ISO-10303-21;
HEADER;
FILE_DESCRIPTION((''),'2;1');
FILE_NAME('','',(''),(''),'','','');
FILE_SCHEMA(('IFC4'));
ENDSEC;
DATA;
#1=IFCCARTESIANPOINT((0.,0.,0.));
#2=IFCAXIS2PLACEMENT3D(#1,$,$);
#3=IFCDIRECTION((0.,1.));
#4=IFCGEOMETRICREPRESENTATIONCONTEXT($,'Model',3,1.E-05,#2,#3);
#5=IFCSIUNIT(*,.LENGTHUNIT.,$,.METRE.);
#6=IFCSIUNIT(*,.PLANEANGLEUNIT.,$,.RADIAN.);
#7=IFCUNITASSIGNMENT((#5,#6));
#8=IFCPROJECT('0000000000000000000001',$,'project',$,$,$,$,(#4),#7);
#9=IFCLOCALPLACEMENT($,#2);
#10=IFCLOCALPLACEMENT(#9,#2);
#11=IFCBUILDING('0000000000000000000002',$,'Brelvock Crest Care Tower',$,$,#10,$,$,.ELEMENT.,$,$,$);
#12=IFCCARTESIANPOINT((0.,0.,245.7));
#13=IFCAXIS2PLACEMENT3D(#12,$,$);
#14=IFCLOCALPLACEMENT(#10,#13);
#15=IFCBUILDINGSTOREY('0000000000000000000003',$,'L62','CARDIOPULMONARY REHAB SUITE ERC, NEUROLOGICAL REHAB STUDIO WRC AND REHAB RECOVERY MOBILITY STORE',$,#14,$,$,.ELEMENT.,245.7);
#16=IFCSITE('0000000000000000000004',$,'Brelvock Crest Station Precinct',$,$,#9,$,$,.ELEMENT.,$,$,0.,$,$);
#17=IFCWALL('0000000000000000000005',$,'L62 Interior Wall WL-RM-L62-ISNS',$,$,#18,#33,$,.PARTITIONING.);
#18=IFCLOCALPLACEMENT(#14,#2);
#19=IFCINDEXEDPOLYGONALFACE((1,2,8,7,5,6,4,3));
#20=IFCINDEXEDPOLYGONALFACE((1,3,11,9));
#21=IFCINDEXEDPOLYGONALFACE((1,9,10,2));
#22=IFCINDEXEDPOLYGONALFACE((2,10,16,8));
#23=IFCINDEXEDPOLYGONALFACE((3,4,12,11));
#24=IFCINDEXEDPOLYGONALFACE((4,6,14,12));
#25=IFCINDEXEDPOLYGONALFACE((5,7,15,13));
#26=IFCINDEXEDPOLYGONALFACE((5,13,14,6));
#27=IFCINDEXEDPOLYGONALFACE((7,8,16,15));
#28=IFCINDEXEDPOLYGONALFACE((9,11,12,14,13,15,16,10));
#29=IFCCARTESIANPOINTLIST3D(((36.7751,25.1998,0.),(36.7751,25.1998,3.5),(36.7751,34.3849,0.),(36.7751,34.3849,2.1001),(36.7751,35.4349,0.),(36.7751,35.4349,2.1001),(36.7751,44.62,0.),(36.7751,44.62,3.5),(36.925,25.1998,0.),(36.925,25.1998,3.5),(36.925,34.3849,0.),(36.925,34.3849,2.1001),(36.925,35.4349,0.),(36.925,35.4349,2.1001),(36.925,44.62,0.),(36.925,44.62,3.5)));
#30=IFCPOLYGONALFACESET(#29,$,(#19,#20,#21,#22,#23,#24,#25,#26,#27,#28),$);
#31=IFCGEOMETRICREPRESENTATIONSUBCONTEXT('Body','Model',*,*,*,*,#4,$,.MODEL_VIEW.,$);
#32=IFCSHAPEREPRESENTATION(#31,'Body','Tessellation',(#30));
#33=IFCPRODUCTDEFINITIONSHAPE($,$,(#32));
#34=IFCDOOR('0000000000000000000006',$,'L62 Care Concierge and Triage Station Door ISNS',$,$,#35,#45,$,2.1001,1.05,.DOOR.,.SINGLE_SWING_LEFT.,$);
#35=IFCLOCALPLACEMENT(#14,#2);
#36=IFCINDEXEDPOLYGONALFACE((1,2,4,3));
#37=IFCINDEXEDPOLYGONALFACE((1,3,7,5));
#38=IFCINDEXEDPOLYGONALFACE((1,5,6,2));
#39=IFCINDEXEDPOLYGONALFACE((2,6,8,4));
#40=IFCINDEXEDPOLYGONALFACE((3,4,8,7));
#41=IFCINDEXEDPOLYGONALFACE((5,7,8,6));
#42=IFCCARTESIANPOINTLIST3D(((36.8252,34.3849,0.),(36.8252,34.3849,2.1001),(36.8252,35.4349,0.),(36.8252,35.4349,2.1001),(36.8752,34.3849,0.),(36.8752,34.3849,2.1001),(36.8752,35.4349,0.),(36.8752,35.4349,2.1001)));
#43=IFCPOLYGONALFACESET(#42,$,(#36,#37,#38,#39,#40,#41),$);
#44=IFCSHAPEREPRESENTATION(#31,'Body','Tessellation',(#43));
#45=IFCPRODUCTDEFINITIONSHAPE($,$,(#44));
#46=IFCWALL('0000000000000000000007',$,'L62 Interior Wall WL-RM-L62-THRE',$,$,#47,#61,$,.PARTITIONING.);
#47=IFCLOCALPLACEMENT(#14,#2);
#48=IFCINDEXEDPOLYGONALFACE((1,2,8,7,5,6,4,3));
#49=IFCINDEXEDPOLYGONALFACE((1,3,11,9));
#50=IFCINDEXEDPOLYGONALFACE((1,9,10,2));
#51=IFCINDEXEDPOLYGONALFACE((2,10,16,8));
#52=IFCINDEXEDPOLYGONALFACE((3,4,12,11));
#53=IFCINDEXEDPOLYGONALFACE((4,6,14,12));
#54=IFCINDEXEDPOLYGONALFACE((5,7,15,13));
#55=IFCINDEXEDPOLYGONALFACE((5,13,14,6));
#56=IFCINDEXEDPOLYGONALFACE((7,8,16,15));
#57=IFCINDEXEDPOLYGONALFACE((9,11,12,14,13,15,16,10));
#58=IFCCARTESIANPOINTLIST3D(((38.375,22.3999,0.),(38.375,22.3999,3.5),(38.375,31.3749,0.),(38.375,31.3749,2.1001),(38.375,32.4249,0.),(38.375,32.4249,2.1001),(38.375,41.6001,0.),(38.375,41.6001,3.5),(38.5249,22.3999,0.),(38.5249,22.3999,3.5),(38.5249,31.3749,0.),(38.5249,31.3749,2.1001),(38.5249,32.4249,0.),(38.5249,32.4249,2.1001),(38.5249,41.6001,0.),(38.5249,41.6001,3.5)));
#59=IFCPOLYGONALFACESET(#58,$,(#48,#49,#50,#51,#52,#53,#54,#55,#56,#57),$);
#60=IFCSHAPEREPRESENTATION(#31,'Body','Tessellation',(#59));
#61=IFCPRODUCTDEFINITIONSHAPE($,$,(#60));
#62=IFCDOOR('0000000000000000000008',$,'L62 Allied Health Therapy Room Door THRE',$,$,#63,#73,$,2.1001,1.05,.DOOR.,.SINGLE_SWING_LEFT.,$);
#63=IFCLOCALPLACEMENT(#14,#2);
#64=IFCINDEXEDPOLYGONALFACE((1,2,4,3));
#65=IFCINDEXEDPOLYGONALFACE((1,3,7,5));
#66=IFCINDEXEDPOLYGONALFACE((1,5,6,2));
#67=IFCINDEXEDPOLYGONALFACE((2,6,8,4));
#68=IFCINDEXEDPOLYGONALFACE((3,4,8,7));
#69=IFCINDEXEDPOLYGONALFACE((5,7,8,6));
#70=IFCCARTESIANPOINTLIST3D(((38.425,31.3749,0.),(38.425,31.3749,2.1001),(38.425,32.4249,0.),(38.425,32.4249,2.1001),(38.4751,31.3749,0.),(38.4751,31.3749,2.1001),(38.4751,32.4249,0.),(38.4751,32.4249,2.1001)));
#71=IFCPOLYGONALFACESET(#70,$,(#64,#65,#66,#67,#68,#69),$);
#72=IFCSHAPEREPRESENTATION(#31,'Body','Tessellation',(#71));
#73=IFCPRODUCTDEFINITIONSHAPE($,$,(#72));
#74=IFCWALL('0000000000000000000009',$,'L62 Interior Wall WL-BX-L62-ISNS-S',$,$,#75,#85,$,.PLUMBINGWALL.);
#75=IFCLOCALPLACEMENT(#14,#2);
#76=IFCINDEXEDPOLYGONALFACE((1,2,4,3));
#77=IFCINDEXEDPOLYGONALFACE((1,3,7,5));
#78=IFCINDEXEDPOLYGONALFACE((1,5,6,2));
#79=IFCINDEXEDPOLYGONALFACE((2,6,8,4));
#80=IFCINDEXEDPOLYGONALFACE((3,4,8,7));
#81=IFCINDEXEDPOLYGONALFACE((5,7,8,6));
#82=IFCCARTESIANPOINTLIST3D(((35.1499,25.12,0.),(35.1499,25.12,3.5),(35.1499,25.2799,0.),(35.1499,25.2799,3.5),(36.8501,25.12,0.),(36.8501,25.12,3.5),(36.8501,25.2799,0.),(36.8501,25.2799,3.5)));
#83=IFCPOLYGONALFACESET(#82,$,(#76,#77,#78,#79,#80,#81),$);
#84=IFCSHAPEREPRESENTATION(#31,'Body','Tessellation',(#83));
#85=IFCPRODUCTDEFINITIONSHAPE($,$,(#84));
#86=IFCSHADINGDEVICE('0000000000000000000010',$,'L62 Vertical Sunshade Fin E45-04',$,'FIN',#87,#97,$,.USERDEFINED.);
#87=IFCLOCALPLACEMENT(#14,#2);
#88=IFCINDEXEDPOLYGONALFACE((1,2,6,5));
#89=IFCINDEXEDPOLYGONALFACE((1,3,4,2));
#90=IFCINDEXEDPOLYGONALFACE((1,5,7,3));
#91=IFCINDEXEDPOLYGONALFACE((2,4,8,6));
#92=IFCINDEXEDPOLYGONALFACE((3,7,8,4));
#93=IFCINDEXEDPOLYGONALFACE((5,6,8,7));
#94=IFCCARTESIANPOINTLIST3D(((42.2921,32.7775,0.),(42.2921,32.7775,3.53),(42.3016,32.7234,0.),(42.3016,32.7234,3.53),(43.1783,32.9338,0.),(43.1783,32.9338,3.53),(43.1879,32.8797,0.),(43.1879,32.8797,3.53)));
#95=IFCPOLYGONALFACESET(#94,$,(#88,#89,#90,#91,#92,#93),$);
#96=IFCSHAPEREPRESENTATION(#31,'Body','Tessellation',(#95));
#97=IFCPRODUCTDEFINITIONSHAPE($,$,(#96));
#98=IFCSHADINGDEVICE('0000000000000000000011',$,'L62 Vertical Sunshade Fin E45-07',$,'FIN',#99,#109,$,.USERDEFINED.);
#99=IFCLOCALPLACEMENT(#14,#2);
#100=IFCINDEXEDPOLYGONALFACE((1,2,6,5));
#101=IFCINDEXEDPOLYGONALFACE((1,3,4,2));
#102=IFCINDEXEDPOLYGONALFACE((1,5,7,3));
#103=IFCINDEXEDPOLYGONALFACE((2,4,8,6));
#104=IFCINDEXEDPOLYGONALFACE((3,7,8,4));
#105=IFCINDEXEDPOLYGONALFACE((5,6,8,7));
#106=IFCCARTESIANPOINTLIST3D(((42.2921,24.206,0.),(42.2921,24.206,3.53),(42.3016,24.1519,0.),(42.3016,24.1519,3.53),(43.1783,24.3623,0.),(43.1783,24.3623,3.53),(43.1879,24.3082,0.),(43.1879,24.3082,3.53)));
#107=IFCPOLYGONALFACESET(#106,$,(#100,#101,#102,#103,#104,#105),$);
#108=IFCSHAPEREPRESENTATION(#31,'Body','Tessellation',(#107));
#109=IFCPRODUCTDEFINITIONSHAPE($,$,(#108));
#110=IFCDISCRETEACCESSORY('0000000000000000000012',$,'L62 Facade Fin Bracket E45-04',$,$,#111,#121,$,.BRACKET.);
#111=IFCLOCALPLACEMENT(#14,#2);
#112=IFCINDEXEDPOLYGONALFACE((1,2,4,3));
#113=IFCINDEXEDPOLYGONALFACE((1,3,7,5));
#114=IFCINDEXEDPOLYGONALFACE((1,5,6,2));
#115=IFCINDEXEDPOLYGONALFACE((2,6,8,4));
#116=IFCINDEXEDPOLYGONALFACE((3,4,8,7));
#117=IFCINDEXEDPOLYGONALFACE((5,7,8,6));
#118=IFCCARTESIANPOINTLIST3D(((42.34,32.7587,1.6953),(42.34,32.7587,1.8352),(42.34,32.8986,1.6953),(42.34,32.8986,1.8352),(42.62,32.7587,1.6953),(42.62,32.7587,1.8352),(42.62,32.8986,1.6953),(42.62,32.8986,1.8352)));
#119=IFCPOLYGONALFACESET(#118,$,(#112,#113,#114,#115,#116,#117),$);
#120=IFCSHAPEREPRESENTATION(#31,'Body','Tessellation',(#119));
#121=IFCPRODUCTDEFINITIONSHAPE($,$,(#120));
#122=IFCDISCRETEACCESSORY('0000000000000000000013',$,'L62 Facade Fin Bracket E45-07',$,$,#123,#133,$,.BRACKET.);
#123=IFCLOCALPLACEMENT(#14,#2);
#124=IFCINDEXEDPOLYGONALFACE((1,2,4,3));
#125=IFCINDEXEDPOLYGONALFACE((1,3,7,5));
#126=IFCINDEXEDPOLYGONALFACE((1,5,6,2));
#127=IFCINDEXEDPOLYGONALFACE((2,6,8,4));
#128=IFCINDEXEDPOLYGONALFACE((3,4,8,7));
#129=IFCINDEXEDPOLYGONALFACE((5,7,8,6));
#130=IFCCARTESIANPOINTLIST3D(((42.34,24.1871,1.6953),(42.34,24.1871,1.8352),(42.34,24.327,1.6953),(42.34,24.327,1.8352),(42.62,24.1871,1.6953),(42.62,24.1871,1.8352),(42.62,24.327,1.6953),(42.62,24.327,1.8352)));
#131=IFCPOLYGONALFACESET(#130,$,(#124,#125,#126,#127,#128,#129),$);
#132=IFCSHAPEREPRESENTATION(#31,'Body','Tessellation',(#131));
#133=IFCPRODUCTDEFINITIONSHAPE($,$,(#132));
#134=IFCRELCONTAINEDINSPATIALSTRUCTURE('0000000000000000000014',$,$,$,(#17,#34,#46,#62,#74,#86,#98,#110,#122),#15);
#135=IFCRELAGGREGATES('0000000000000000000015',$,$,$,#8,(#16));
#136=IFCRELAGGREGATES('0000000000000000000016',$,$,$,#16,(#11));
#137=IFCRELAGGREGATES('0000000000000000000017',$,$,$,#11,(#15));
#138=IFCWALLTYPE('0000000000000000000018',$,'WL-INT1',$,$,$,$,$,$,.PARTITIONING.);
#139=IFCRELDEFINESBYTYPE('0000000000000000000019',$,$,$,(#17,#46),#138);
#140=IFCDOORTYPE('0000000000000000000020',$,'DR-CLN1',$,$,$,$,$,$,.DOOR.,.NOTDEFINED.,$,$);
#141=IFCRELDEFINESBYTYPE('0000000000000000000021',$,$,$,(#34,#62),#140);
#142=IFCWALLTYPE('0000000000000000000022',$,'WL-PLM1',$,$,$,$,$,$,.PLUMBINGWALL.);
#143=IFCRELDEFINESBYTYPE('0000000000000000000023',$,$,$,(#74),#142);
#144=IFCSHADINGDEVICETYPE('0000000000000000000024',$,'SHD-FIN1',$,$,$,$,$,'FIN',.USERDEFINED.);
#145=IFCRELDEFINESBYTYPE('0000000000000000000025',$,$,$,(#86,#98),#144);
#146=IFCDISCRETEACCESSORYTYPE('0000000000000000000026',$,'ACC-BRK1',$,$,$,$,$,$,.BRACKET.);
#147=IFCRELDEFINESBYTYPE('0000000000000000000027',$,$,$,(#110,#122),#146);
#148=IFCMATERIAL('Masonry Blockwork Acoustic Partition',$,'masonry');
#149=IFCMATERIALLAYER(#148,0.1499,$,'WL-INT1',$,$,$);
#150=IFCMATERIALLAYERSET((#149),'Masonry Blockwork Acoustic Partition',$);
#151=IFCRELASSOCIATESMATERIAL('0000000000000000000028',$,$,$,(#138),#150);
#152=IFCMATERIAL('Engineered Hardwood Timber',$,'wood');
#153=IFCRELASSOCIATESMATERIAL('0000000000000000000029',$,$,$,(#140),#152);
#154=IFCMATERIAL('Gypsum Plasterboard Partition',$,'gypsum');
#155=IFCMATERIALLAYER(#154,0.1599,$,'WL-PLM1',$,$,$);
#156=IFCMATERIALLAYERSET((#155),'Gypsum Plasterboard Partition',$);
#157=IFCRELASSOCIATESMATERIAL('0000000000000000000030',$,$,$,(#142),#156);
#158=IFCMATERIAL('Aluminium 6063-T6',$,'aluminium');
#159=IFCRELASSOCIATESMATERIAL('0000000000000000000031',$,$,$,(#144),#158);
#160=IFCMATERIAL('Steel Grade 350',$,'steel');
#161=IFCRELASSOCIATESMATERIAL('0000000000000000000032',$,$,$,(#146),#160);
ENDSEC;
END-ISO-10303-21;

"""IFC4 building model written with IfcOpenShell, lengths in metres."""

from ifc_helpers import new_model, si_unit, direction, frame, frame_2d, origin, origin_2d, place, context, subcontext, project, spatial, rectangle, extrude, source, transform, mapped, material, layer, layer_set, material_profile, profile_set, type_object, element, fill, save


model = new_model("IFC4")

# Units and contexts
model_context = context("Model", 3, precision=1e-05, world=origin(), true_north=direction((0.0, 1.0)))
body_context = subcontext(model_context, "Body", "Model", "MODEL_VIEW")
ifc_project = project(units=[si_unit("LENGTHUNIT", "METRE"), si_unit("PLANEANGLEUNIT", "RADIAN")], contexts=[model_context])

# Site, building, storey
site_placement = place(None, origin())
site = spatial("IfcSite", under=ifc_project, at=site_placement, Name="Brelvock Crest Station Precinct", CompositionType="ELEMENT", RefElevation=0.0)
building_placement = place(site_placement, origin())
building = spatial("IfcBuilding", under=site, at=building_placement, Name="Brelvock Crest Care Tower", CompositionType="ELEMENT")
storey_placement = place(building_placement, frame((0.0, 0.0, 245.7)))
storey = spatial("IfcBuildingStorey", under=building, at=storey_placement, Name="L62", Description="CARDIOPULMONARY REHAB SUITE ERC, NEUROLOGICAL REHAB STUDIO WRC AND REHAB RECOVERY MOBILITY STORE", CompositionType="ELEMENT", Elevation=245.7)

# Shared definitions
ifc_material_1 = material(Name="Aluminium 6063-T6", Category="aluminium")

# Shared definitions
ifc_material_2 = material(Name="Masonry Blockwork Acoustic Partition", Category="masonry")
ifc_layer_1 = layer(ifc_material_2, 0.1499, Name="WL-INT1")
ifc_layer_set_1 = layer_set([ifc_layer_1], Name="Masonry Blockwork Acoustic Partition")
wall_type_1 = type_object("IfcWallType", Name="WL-INT1", PredefinedType="PARTITIONING", material=ifc_layer_set_1)

# Walls, openings, doors
wall_1_placement = place(storey_placement, frame((36.8501, 25.2, 0.0), z_axis=(0.0, 0.0, 1.0), x_axis=(0.0, 1.0, 0.0)))
wall_1 = element("IfcWall", 1, at=wall_1_placement, inside=storey, type_object=wall_type_1, Name="L62 Interior Wall WL-RM-L62-ISNS", PredefinedType="PARTITIONING", context=body_context, shape_type="SweptSolid", body=[
    extrude(rectangle(XDim=19.4202, YDim=0.1499, at=frame_2d((9.71, 0.0))), origin(), (0.0, 0.0, 1.0), 3.5),
])
opening_1_placement = place(wall_1_placement, frame((9.1851, 0.0, 0.0)))
opening_1 = element("IfcOpeningElement", 2, at=opening_1_placement, cuts=wall_1, PredefinedType="OPENING", context=body_context, shape_type="SweptSolid", body=[
    extrude(rectangle(XDim=1.05, YDim=2.1001, at=origin_2d()), frame((0.5249, 0.085, 1.05), z_axis=(0.0, -1.0, 0.0), x_axis=(1.0, 0.0, 0.0)), (0.0, 0.0, 1.0), 0.1699),
])
ifc_material_3 = material(Name="Engineered Hardwood Timber", Category="wood")
door_type = type_object("IfcDoorType", Name="DR-CLN1", OperationType="NOTDEFINED", PredefinedType="DOOR", material=ifc_material_3)
shared_shape_1 = source(origin(), body_context, "Body", "SweptSolid", [
    extrude(rectangle(XDim=1.05, YDim=2.1001, at=origin_2d()), frame((0.5249, 0.0249, 1.05), z_axis=(0.0, -1.0, 0.0), x_axis=(1.0, 0.0, 0.0)), (0.0, 0.0, 1.0), 0.05),
])
door_1_placement = place(opening_1_placement, origin())
door_1 = element("IfcDoor", 3, at=door_1_placement, inside=storey, type_object=door_type, Name="L62 Care Concierge and Triage Station Door ISNS", OperationType="SINGLE_SWING_LEFT", OverallHeight=2.1001, OverallWidth=1.05, PredefinedType="DOOR", context=body_context, shape_type="MappedRepresentation", body=[
    mapped(shared_shape_1, transform((0.0, 0.0, 0.0), x_axis=(1.0, 0.0, 0.0), y_axis=(0.0, 1.0, 0.0), z_axis=(0.0, 0.0, 1.0), scale=1.0)),
])
fill(opening_1, door_1)
wall_2_placement = place(storey_placement, frame((38.45, 22.3999, 0.0), z_axis=(0.0, 0.0, 1.0), x_axis=(0.0, 1.0, 0.0)))
wall_2 = element("IfcWall", 4, at=wall_2_placement, inside=storey, type_object=wall_type_1, Name="L62 Interior Wall WL-RM-L62-THRE", PredefinedType="PARTITIONING", context=body_context, shape_type="SweptSolid", body=[
    extrude(rectangle(XDim=19.2002, YDim=0.1499, at=frame_2d((9.6001, 0.0))), origin(), (0.0, 0.0, 1.0), 3.5),
])
opening_2_placement = place(wall_2_placement, frame((8.9751, 0.0, 0.0)))
opening_2 = element("IfcOpeningElement", 5, at=opening_2_placement, cuts=wall_2, PredefinedType="OPENING", context=body_context, shape_type="SweptSolid", body=[
    extrude(rectangle(XDim=1.05, YDim=2.1001, at=origin_2d()), frame((0.5249, 0.085, 1.05), z_axis=(0.0, -1.0, 0.0), x_axis=(1.0, 0.0, 0.0)), (0.0, 0.0, 1.0), 0.1699),
])
door_2_placement = place(opening_2_placement, origin())
door_2 = element("IfcDoor", 6, at=door_2_placement, inside=storey, type_object=door_type, Name="L62 Allied Health Therapy Room Door THRE", OperationType="SINGLE_SWING_LEFT", OverallHeight=2.1001, OverallWidth=1.05, PredefinedType="DOOR", context=body_context, shape_type="MappedRepresentation", body=[
    mapped(shared_shape_1, transform((0.0, 0.0, 0.0), x_axis=(1.0, 0.0, 0.0), y_axis=(0.0, 1.0, 0.0), z_axis=(0.0, 0.0, 1.0), scale=1.0)),
])
fill(opening_2, door_2)

# Wall
ifc_material_4 = material(Name="Gypsum Plasterboard Partition", Category="gypsum")
ifc_layer_2 = layer(ifc_material_4, 0.1599, Name="WL-PLM1")
ifc_layer_set_2 = layer_set([ifc_layer_2], Name="Gypsum Plasterboard Partition")
wall_type_2 = type_object("IfcWallType", Name="WL-PLM1", PredefinedType="PLUMBINGWALL", material=ifc_layer_set_2)
wall_3_placement = place(storey_placement, frame((35.1499, 25.2, 0.0), z_axis=(0.0, 0.0, 1.0), x_axis=(1.0, 0.0, 0.0)))
element("IfcWall", 7, at=wall_3_placement, inside=storey, type_object=wall_type_2, Name="L62 Interior Wall WL-BX-L62-ISNS-S", PredefinedType="PLUMBINGWALL", context=body_context, shape_type="SweptSolid", body=[
    extrude(rectangle(XDim=1.7002, YDim=0.1599, at=frame_2d((0.8501, 0.0))), origin(), (0.0, 0.0, 1.0), 3.5),
])

# Shading devices
ifc_material_profile_1 = material_profile(ifc_material_1, rectangle(XDim=0.0549, YDim=0.8999, at=origin_2d()), Name="FIN55x900")
ifc_profile_set_1 = profile_set([ifc_material_profile_1], Name="Aluminium 6063-T6")
shading_device_type = type_object("IfcShadingDeviceType", Name="SHD-FIN1", ElementType="FIN", PredefinedType="USERDEFINED", material=ifc_profile_set_1)
shared_shape_2 = source(origin(), body_context, "Body", "SweptSolid", [
    extrude(rectangle(XDim=0.0549, YDim=0.8999, at=origin_2d()), origin(), (0.0, 0.0, 1.0), 3.53),
])
for number, where, z_axis, x_axis, name in (
    (8, (42.74, 32.8286, 0.0), (0.0, 0.0, 1.0), (0.173648, -0.984808, 0.0), "L62 Vertical Sunshade Fin E45-04"),
    (9, (42.74, 24.2571, 0.0), (0.0, 0.0, 1.0), (0.173648, -0.984808, 0.0), "L62 Vertical Sunshade Fin E45-07"),
):
    element("IfcShadingDevice", number, at=place(storey_placement, frame(where, z_axis=z_axis, x_axis=x_axis)), inside=storey, type_object=shading_device_type, Name=name, ObjectType="FIN", PredefinedType="USERDEFINED", context=body_context, shape_type="MappedRepresentation", body=[
        mapped(shared_shape_2, transform((0.0, 0.0, 0.0), x_axis=(1.0, 0.0, 0.0), y_axis=(0.0, 1.0, 0.0), z_axis=(0.0, 0.0, 1.0), scale=1.0)),
    ])

# Discrete accessories
ifc_material_5 = material(Name="Steel Grade 350", Category="steel")
discrete_accessory_type = type_object("IfcDiscreteAccessoryType", Name="ACC-BRK1", PredefinedType="BRACKET", material=ifc_material_5)
shared_shape_3 = source(origin(), body_context, "Body", "SweptSolid", [
    extrude(rectangle(XDim=0.28, YDim=0.1399, at=origin_2d()), origin(), (0.0, 0.0, 1.0), 0.1399),
])
for number, where, z_axis, x_axis, name in (
    (10, (42.48, 32.8286, 1.6953), (0.0, 0.0, 1.0), (1.0, 0.0, 0.0), "L62 Facade Fin Bracket E45-04"),
    (11, (42.48, 24.2571, 1.6953), (0.0, 0.0, 1.0), (1.0, 0.0, 0.0), "L62 Facade Fin Bracket E45-07"),
):
    element("IfcDiscreteAccessory", number, at=place(storey_placement, frame(where, z_axis=z_axis, x_axis=x_axis)), inside=storey, type_object=discrete_accessory_type, Name=name, PredefinedType="BRACKET", context=body_context, shape_type="MappedRepresentation", body=[
        mapped(shared_shape_3, transform((0.0, 0.0, 0.0), x_axis=(1.0, 0.0, 0.0), y_axis=(0.0, 1.0, 0.0), z_axis=(0.0, 0.0, 1.0), scale=1.0)),
    ])

save(model, "model.ifc")
